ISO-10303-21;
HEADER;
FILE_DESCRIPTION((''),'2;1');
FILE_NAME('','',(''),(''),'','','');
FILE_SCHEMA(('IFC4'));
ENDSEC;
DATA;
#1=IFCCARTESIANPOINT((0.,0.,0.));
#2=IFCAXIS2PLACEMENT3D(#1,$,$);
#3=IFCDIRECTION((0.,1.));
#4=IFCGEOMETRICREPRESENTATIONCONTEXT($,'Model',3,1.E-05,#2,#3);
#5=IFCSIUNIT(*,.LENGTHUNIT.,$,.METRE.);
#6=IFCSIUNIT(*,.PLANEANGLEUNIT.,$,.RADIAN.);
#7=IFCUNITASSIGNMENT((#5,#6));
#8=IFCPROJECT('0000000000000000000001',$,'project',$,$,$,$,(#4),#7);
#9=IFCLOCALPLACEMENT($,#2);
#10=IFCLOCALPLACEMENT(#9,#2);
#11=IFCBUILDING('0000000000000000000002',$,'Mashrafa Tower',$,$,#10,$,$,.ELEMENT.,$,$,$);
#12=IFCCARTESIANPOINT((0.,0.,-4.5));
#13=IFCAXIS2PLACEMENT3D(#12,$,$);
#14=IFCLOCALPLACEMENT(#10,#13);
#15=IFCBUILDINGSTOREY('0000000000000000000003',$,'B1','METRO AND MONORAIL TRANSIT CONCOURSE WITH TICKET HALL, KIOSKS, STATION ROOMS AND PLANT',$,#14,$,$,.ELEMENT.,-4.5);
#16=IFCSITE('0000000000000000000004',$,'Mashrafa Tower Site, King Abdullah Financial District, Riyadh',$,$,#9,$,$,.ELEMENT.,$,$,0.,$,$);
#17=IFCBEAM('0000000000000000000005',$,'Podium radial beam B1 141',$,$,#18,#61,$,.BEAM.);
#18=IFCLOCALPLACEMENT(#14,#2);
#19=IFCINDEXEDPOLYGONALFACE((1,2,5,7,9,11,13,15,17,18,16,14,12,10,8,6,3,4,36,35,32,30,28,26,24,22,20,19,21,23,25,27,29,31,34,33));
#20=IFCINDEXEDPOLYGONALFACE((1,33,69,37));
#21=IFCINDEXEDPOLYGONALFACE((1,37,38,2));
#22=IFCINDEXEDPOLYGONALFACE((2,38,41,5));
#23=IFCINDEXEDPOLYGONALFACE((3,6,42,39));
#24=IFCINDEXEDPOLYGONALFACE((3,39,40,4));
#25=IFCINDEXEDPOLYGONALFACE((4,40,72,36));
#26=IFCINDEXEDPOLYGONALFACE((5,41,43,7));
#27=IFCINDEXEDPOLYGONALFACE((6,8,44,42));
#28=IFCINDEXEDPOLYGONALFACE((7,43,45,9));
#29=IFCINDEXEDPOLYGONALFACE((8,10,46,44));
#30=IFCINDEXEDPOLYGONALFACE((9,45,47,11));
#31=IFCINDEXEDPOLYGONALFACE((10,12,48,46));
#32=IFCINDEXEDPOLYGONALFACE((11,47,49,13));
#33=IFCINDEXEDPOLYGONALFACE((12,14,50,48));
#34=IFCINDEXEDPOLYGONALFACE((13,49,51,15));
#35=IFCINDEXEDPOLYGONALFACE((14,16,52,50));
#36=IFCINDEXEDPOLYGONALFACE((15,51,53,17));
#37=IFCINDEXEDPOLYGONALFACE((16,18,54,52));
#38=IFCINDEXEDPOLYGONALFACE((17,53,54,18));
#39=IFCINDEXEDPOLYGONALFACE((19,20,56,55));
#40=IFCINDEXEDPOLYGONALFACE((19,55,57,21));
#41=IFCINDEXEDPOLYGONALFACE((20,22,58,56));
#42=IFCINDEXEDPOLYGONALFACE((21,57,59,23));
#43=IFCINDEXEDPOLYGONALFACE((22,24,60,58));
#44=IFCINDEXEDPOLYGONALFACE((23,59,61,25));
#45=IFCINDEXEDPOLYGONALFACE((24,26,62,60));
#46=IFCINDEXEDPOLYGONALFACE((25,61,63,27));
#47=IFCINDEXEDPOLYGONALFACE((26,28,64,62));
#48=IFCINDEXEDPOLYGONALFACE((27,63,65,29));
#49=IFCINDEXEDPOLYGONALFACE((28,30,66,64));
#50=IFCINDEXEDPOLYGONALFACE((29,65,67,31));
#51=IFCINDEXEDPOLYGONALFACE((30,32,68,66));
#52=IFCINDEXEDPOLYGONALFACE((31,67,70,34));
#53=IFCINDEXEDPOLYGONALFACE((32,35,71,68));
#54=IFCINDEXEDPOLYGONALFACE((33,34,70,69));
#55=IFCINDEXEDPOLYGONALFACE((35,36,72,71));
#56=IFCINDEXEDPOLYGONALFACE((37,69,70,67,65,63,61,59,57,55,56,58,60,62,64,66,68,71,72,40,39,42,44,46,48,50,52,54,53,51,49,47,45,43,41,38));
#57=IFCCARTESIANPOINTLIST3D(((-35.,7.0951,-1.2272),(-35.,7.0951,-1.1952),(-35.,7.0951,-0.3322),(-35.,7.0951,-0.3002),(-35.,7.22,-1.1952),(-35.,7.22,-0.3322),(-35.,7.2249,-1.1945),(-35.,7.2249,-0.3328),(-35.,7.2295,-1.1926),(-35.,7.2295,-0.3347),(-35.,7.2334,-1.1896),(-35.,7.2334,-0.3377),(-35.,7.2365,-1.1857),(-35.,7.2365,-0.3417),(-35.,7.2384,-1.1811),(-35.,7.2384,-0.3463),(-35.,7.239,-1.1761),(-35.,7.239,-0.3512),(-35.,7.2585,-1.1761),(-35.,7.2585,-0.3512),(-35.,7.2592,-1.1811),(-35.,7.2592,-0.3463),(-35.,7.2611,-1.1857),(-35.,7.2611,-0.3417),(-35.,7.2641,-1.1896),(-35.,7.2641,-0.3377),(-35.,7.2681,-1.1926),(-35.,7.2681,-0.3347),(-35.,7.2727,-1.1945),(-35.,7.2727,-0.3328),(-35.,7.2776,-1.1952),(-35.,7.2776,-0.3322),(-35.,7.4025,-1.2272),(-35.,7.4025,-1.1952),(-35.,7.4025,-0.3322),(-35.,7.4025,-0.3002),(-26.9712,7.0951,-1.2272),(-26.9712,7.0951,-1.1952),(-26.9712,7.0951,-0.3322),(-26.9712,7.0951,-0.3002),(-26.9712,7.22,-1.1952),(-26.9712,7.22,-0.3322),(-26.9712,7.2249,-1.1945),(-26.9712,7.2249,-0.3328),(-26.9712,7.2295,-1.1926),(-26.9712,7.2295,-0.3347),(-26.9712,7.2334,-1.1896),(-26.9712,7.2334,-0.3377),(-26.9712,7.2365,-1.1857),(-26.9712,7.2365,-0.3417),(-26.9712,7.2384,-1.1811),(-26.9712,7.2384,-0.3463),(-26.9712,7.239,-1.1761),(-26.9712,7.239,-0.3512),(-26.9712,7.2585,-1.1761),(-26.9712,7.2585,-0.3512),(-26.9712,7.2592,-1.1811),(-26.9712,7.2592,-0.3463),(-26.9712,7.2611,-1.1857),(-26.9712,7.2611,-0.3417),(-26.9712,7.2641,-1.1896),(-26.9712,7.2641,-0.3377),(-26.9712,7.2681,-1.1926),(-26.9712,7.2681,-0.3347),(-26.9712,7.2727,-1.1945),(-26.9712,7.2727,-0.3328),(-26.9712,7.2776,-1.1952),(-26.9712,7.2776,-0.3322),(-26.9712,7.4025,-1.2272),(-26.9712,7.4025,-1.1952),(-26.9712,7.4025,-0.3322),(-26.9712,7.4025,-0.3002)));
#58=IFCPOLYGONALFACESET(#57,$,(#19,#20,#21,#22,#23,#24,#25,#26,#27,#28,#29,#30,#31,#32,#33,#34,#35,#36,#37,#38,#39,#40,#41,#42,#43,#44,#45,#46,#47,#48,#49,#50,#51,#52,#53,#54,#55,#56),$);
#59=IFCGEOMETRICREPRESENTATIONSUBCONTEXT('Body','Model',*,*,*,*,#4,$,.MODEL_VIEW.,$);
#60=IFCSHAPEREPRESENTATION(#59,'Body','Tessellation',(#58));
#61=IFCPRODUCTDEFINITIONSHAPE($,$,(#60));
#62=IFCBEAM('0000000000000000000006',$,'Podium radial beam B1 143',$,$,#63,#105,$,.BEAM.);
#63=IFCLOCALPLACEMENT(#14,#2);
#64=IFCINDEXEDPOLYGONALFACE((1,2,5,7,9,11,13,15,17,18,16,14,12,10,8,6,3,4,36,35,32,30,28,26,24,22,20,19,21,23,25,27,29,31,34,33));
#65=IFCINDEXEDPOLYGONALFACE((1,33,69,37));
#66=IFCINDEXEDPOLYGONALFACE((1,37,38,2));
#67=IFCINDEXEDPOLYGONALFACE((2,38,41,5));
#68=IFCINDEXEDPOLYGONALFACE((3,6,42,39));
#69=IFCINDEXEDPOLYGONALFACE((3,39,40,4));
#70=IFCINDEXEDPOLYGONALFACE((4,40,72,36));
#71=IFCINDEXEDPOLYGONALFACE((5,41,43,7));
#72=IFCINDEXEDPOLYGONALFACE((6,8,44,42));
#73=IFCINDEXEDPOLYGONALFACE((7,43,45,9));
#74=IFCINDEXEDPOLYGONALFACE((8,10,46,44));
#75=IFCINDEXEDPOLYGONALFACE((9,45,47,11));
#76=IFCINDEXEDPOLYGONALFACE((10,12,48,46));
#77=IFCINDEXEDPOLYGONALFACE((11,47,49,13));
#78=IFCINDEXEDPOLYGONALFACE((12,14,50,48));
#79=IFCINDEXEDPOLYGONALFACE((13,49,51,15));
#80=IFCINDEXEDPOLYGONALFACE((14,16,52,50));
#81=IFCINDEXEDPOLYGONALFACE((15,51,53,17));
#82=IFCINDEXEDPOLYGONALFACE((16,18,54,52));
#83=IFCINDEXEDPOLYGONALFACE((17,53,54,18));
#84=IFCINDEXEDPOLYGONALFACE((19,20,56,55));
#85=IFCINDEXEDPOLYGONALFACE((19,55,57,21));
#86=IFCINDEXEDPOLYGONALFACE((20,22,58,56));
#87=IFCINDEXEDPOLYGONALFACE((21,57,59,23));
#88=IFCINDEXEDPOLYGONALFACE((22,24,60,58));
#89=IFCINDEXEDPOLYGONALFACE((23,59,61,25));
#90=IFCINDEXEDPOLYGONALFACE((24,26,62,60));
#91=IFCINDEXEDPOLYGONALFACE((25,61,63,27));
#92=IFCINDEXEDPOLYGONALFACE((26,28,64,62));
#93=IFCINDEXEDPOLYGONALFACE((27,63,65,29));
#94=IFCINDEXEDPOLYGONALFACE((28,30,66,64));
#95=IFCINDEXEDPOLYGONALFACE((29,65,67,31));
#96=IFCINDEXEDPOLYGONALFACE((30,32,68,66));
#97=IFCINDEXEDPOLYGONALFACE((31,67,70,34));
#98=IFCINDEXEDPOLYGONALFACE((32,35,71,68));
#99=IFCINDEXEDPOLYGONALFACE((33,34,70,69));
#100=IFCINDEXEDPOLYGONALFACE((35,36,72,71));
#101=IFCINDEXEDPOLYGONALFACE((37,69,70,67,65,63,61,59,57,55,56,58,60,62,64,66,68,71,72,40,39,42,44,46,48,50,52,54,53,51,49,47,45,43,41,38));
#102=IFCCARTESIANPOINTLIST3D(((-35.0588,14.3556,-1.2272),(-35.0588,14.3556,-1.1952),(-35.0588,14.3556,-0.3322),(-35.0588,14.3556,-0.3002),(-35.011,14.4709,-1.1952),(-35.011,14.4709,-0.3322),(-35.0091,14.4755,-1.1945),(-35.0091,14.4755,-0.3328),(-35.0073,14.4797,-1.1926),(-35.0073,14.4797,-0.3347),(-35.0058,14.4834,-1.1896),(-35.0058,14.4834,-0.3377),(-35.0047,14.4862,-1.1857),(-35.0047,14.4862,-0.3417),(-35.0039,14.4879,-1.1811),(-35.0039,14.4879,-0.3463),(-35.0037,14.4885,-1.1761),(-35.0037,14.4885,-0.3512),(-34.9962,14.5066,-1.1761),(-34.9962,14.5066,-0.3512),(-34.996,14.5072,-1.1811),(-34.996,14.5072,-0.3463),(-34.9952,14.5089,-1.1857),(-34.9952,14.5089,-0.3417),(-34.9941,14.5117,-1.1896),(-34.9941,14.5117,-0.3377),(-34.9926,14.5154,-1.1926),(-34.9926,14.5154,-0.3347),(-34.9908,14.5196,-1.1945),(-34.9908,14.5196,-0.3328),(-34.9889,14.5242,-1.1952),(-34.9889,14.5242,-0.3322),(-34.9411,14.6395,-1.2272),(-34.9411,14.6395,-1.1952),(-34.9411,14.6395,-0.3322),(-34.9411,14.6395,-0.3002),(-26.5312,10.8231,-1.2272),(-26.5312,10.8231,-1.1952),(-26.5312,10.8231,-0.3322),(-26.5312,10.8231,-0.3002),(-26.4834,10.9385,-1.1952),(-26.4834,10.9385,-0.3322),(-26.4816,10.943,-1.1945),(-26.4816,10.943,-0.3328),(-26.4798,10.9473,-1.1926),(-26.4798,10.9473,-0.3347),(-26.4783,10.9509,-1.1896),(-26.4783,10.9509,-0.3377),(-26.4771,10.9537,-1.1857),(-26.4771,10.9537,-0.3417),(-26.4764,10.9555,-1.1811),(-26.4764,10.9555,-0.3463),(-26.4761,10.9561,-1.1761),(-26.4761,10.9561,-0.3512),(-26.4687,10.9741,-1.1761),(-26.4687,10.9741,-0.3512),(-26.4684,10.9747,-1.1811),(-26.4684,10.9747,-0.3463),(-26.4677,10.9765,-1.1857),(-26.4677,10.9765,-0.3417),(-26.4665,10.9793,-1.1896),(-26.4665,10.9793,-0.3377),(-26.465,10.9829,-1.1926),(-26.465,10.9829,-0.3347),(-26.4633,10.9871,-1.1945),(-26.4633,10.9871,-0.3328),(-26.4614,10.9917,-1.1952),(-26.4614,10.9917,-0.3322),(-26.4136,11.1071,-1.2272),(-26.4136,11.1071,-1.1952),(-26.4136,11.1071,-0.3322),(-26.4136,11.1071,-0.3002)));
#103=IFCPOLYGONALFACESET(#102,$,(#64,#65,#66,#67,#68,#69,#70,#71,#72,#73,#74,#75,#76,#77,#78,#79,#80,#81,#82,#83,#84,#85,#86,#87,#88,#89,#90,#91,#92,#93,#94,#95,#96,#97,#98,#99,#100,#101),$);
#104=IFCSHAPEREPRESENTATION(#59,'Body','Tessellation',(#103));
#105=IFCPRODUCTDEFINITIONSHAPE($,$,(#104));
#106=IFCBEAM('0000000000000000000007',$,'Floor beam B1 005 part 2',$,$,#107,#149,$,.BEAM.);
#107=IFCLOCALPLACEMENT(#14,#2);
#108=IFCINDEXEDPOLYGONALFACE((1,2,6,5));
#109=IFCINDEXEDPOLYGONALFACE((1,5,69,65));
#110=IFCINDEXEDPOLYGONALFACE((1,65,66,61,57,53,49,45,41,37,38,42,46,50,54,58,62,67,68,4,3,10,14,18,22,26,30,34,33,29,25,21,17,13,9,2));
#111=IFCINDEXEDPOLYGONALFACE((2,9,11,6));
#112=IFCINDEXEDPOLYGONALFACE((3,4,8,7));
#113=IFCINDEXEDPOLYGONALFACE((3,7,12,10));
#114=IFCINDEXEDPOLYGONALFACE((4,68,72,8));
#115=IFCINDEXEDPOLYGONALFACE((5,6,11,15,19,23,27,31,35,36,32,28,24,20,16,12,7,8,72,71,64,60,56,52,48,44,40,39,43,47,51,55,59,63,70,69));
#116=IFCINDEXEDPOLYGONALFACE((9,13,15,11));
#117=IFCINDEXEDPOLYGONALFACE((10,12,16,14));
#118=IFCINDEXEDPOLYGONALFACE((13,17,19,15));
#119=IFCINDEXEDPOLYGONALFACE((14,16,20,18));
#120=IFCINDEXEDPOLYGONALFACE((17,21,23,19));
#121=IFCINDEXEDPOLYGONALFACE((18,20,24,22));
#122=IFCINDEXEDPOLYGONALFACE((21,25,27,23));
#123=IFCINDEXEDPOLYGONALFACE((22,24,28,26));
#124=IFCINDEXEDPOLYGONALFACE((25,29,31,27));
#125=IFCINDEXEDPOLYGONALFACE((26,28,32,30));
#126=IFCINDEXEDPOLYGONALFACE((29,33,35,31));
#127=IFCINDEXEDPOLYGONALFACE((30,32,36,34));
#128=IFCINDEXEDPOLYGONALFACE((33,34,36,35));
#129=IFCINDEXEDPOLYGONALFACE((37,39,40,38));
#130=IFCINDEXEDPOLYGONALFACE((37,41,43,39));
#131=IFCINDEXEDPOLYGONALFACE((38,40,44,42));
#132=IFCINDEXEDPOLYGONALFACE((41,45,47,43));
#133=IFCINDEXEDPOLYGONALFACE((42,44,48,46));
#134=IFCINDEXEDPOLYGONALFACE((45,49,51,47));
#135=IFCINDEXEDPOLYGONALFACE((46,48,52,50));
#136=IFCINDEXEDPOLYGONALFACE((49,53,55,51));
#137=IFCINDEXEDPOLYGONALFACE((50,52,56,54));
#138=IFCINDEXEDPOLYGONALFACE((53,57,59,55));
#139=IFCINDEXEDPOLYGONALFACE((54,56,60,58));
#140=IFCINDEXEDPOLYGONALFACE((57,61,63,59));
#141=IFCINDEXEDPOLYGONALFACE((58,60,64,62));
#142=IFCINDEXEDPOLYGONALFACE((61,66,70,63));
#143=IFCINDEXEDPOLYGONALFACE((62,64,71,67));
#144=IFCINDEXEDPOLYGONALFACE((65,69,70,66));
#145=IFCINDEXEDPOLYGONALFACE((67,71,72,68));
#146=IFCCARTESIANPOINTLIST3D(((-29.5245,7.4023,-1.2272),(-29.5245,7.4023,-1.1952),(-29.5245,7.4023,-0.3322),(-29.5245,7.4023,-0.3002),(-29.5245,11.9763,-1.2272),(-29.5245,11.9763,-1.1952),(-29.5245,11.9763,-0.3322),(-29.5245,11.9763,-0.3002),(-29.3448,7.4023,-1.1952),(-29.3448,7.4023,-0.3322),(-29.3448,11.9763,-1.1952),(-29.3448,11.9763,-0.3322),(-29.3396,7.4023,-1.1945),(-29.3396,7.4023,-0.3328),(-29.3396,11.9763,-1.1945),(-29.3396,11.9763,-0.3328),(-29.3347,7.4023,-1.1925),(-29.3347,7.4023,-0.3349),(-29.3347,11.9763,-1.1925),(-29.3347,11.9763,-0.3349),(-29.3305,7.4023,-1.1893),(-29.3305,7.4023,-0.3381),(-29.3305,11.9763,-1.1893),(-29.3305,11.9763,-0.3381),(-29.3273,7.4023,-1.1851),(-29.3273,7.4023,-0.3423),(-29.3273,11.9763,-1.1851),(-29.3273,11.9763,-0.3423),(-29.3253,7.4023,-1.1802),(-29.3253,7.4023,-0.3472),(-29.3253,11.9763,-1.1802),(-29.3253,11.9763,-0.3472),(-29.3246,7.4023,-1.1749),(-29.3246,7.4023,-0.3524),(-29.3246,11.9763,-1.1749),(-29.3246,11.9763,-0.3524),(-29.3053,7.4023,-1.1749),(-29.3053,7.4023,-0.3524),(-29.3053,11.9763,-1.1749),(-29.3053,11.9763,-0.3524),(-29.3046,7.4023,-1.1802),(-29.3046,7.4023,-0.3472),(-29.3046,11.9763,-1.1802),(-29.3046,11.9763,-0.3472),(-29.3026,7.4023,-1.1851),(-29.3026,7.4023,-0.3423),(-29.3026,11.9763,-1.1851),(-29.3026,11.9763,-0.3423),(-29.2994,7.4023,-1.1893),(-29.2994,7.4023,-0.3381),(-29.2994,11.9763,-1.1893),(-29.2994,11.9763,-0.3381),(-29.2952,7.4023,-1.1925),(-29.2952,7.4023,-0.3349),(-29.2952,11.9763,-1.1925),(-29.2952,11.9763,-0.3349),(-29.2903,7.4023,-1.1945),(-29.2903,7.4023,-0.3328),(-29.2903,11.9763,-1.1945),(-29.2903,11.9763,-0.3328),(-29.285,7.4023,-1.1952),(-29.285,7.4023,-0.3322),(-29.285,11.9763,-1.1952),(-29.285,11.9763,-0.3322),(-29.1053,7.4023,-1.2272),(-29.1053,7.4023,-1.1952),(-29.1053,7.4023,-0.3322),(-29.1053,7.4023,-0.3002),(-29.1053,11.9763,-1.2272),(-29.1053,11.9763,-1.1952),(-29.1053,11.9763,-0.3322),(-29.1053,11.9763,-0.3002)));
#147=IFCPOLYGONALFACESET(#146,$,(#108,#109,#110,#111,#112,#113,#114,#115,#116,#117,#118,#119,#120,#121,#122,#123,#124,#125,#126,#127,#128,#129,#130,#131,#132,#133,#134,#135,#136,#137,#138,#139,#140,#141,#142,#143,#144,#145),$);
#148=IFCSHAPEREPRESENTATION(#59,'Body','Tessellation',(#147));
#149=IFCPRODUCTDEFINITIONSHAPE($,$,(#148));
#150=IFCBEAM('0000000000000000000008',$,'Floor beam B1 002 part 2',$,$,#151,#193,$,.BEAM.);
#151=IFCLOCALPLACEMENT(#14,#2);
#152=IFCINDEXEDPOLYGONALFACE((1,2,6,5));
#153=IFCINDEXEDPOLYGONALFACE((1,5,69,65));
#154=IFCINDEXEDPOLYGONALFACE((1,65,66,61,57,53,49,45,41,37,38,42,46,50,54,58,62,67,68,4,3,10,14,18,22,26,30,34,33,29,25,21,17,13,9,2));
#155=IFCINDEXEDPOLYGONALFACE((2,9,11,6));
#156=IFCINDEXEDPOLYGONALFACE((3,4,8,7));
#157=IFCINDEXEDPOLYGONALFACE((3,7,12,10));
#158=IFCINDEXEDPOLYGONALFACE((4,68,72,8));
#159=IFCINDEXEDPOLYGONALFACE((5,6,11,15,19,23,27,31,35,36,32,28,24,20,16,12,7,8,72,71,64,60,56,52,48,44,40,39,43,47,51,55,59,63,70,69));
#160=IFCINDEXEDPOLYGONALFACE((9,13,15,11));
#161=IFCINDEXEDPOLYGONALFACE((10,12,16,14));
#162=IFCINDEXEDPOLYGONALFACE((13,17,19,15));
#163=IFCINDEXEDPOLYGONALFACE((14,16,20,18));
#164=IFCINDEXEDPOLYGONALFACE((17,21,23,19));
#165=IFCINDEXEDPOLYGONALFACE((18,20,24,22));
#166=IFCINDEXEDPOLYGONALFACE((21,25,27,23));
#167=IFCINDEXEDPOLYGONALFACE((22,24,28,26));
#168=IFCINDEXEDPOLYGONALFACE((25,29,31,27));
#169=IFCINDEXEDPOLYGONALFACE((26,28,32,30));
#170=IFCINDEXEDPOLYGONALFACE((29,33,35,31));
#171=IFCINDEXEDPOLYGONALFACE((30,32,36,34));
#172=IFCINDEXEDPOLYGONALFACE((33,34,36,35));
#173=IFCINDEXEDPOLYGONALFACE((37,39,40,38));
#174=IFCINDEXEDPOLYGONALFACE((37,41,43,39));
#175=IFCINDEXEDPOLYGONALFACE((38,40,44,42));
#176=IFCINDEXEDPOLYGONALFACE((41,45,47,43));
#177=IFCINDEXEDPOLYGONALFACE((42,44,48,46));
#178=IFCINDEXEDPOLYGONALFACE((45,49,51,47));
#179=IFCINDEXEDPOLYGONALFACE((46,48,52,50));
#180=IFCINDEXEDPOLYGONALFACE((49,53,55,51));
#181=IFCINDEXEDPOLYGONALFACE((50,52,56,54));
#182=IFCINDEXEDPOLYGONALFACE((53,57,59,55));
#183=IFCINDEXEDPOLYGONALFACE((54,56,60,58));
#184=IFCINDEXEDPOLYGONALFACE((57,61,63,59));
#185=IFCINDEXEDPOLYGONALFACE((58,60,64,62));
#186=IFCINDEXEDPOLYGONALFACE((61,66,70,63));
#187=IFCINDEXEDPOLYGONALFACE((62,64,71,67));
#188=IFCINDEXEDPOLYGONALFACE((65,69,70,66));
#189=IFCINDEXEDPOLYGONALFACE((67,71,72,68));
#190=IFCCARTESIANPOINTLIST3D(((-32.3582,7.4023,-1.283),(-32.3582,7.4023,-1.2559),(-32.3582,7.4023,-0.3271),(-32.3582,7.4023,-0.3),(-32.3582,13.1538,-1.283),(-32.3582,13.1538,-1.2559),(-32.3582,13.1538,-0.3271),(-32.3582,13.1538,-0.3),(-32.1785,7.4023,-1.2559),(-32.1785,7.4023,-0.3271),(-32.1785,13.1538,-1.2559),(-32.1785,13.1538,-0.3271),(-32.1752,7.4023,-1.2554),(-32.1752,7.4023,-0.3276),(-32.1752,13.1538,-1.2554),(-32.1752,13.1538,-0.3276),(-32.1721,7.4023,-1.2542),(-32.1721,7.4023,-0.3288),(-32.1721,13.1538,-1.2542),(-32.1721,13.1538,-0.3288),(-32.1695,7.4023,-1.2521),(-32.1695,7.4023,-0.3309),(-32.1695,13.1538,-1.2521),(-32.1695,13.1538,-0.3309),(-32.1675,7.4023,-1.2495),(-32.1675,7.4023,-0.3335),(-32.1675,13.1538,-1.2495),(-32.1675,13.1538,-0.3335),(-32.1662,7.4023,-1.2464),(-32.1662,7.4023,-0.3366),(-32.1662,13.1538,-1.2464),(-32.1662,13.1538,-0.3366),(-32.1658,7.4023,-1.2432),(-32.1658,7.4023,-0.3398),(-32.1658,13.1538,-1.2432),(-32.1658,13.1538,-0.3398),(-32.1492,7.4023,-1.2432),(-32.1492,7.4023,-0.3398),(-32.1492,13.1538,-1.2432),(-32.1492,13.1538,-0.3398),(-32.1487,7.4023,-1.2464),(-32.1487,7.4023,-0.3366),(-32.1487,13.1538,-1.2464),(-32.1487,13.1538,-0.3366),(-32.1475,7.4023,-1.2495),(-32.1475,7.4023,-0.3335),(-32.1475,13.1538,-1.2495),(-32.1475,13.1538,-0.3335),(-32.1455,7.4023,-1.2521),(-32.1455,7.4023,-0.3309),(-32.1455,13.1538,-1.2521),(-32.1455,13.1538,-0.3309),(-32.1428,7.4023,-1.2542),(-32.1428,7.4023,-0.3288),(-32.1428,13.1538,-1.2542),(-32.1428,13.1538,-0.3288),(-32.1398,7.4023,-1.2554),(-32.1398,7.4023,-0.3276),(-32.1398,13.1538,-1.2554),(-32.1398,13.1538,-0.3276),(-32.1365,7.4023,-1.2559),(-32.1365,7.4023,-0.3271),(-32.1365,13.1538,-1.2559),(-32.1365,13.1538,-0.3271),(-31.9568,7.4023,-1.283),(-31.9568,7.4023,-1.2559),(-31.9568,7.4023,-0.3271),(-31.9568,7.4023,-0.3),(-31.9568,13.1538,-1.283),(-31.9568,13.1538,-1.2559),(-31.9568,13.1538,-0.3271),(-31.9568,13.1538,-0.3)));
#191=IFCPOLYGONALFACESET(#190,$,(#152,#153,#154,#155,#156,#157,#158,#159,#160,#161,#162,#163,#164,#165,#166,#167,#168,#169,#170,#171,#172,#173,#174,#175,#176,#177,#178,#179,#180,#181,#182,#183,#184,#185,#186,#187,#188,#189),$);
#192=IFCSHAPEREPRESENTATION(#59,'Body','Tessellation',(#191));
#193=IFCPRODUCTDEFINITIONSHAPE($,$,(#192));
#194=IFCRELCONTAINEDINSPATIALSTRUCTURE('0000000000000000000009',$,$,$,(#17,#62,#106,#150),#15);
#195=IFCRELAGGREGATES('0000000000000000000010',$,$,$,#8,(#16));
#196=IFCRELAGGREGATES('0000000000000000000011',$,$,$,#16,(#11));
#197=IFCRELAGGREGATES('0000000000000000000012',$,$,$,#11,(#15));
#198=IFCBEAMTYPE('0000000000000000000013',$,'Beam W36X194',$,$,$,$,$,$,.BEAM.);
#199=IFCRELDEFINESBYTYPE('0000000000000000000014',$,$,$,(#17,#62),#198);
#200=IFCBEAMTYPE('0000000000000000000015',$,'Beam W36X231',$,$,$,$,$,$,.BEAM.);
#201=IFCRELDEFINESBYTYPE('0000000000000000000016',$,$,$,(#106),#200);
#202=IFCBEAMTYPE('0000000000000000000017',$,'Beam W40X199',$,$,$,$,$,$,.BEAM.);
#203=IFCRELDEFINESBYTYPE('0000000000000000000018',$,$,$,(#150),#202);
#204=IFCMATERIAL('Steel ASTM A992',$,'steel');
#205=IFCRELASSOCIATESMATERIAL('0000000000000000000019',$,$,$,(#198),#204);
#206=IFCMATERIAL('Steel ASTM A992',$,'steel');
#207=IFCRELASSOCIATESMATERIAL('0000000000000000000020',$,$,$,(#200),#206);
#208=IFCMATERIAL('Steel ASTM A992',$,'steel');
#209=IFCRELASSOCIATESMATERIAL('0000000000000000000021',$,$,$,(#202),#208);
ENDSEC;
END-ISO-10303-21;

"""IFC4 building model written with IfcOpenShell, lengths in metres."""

from ifc_helpers import new_model, si_unit, direction, frame, origin, origin_2d, place, context, subcontext, project, spatial, i_section, extrude, material, material_profile, profile_set, type_object, element, save


model = new_model("IFC4")

# Units and contexts
model_context = context("Model", 3, precision=1e-05, world=origin(), true_north=direction((0.0, 1.0)))
body_context = subcontext(model_context, "Body", "Model", "MODEL_VIEW")
ifc_project = project(units=[si_unit("LENGTHUNIT", "METRE"), si_unit("PLANEANGLEUNIT", "RADIAN")], contexts=[model_context])

# Site, building, storey
site_placement = place(None, origin())
site = spatial("IfcSite", under=ifc_project, at=site_placement, Name="Mashrafa Tower Site, King Abdullah Financial District, Riyadh", CompositionType="ELEMENT", RefElevation=0.0)
building_placement = place(site_placement, origin())
building = spatial("IfcBuilding", under=site, at=building_placement, Name="Mashrafa Tower", CompositionType="ELEMENT")
storey_placement = place(building_placement, frame((0.0, 0.0, -4.5)))
storey = spatial("IfcBuildingStorey", under=building, at=storey_placement, Name="B1", Description="METRO AND MONORAIL TRANSIT CONCOURSE WITH TICKET HALL, KIOSKS, STATION ROOMS AND PLANT", CompositionType="ELEMENT", Elevation=-4.5)

# Beams
ifc_material_1 = material(Name="Steel ASTM A992", Category="steel")
ifc_material_profile_1 = material_profile(ifc_material_1, i_section(OverallWidth=0.3074, OverallDepth=0.927, WebThickness=0.0195, FlangeThickness=0.032, FilletRadius=0.019, at=origin_2d()), Name="W36X194")
ifc_profile_set_1 = profile_set([ifc_material_profile_1], Name="Steel ASTM A992")
beam_type_1 = type_object("IfcBeamType", Name="Beam W36X194", PredefinedType="BEAM", material=ifc_profile_set_1)
beam_1_placement = place(storey_placement, frame((-26.9712, 7.2488, -0.7637), z_axis=(-1.0, 0.0, 0.0), x_axis=(0.0, -1.0, 0.0)))
element("IfcBeam", 1, at=beam_1_placement, inside=storey, type_object=beam_type_1, Name="Podium radial beam B1 141", PredefinedType="BEAM", context=body_context, shape_type="SweptSolid", body=[
    extrude(i_section(OverallWidth=0.3074, OverallDepth=0.927, WebThickness=0.0195, FlangeThickness=0.032, FilletRadius=0.019, at=origin_2d()), origin(), (0.0, 0.0, 1.0), 8.0288),
])
beam_2_placement = place(storey_placement, frame((-26.4724, 10.9651, -0.7637), z_axis=(-0.923871, 0.382705, 0.0), x_axis=(-0.382705, -0.923871, 0.0)))
element("IfcBeam", 2, at=beam_2_placement, inside=storey, type_object=beam_type_1, Name="Podium radial beam B1 143", PredefinedType="BEAM", context=body_context, shape_type="SweptSolid", body=[
    extrude(i_section(OverallWidth=0.3074, OverallDepth=0.927, WebThickness=0.0195, FlangeThickness=0.032, FilletRadius=0.019, at=origin_2d()), origin(), (0.0, 0.0, 1.0), 9.2302),
])
ifc_material_2 = material(Name="Steel ASTM A992", Category="steel")
ifc_material_profile_2 = material_profile(ifc_material_2, i_section(OverallWidth=0.4192, OverallDepth=0.927, WebThickness=0.0193, FlangeThickness=0.032, FilletRadius=0.0203, at=origin_2d()), Name="W36X231")
ifc_profile_set_2 = profile_set([ifc_material_profile_2], Name="Steel ASTM A992")
beam_type_2 = type_object("IfcBeamType", Name="Beam W36X231", PredefinedType="BEAM", material=ifc_profile_set_2)
beam_3_placement = place(storey_placement, frame((-29.3149, 7.4023, -0.7637), z_axis=(0.0, 1.0, 0.0), x_axis=(-1.0, 0.0, 0.0)))
element("IfcBeam", 3, at=beam_3_placement, inside=storey, type_object=beam_type_2, Name="Floor beam B1 005 part 2", PredefinedType="BEAM", context=body_context, shape_type="SweptSolid", body=[
    extrude(i_section(OverallWidth=0.4192, OverallDepth=0.927, WebThickness=0.0193, FlangeThickness=0.032, FilletRadius=0.0203, at=origin_2d()), origin(), (0.0, 0.0, 1.0), 4.574),
])
ifc_material_3 = material(Name="Steel ASTM A992", Category="steel")
ifc_material_profile_3 = material_profile(ifc_material_3, i_section(OverallWidth=0.4014, OverallDepth=0.9829, WebThickness=0.0166, FlangeThickness=0.0271, FilletRadius=0.0127, at=origin_2d()), Name="W40X199")
ifc_profile_set_3 = profile_set([ifc_material_profile_3], Name="Steel ASTM A992")
beam_type_3 = type_object("IfcBeamType", Name="Beam W40X199", PredefinedType="BEAM", material=ifc_profile_set_3)
beam_4_placement = place(storey_placement, frame((-32.1575, 7.4023, -0.7915), z_axis=(0.0, 1.0, 0.0), x_axis=(-1.0, 0.0, 0.0)))
element("IfcBeam", 4, at=beam_4_placement, inside=storey, type_object=beam_type_3, Name="Floor beam B1 002 part 2", PredefinedType="BEAM", context=body_context, shape_type="SweptSolid", body=[
    extrude(i_section(OverallWidth=0.4014, OverallDepth=0.9829, WebThickness=0.0166, FlangeThickness=0.0271, FilletRadius=0.0127, at=origin_2d()), origin(), (0.0, 0.0, 1.0), 5.7515),
])

save(model, "model.ifc")
